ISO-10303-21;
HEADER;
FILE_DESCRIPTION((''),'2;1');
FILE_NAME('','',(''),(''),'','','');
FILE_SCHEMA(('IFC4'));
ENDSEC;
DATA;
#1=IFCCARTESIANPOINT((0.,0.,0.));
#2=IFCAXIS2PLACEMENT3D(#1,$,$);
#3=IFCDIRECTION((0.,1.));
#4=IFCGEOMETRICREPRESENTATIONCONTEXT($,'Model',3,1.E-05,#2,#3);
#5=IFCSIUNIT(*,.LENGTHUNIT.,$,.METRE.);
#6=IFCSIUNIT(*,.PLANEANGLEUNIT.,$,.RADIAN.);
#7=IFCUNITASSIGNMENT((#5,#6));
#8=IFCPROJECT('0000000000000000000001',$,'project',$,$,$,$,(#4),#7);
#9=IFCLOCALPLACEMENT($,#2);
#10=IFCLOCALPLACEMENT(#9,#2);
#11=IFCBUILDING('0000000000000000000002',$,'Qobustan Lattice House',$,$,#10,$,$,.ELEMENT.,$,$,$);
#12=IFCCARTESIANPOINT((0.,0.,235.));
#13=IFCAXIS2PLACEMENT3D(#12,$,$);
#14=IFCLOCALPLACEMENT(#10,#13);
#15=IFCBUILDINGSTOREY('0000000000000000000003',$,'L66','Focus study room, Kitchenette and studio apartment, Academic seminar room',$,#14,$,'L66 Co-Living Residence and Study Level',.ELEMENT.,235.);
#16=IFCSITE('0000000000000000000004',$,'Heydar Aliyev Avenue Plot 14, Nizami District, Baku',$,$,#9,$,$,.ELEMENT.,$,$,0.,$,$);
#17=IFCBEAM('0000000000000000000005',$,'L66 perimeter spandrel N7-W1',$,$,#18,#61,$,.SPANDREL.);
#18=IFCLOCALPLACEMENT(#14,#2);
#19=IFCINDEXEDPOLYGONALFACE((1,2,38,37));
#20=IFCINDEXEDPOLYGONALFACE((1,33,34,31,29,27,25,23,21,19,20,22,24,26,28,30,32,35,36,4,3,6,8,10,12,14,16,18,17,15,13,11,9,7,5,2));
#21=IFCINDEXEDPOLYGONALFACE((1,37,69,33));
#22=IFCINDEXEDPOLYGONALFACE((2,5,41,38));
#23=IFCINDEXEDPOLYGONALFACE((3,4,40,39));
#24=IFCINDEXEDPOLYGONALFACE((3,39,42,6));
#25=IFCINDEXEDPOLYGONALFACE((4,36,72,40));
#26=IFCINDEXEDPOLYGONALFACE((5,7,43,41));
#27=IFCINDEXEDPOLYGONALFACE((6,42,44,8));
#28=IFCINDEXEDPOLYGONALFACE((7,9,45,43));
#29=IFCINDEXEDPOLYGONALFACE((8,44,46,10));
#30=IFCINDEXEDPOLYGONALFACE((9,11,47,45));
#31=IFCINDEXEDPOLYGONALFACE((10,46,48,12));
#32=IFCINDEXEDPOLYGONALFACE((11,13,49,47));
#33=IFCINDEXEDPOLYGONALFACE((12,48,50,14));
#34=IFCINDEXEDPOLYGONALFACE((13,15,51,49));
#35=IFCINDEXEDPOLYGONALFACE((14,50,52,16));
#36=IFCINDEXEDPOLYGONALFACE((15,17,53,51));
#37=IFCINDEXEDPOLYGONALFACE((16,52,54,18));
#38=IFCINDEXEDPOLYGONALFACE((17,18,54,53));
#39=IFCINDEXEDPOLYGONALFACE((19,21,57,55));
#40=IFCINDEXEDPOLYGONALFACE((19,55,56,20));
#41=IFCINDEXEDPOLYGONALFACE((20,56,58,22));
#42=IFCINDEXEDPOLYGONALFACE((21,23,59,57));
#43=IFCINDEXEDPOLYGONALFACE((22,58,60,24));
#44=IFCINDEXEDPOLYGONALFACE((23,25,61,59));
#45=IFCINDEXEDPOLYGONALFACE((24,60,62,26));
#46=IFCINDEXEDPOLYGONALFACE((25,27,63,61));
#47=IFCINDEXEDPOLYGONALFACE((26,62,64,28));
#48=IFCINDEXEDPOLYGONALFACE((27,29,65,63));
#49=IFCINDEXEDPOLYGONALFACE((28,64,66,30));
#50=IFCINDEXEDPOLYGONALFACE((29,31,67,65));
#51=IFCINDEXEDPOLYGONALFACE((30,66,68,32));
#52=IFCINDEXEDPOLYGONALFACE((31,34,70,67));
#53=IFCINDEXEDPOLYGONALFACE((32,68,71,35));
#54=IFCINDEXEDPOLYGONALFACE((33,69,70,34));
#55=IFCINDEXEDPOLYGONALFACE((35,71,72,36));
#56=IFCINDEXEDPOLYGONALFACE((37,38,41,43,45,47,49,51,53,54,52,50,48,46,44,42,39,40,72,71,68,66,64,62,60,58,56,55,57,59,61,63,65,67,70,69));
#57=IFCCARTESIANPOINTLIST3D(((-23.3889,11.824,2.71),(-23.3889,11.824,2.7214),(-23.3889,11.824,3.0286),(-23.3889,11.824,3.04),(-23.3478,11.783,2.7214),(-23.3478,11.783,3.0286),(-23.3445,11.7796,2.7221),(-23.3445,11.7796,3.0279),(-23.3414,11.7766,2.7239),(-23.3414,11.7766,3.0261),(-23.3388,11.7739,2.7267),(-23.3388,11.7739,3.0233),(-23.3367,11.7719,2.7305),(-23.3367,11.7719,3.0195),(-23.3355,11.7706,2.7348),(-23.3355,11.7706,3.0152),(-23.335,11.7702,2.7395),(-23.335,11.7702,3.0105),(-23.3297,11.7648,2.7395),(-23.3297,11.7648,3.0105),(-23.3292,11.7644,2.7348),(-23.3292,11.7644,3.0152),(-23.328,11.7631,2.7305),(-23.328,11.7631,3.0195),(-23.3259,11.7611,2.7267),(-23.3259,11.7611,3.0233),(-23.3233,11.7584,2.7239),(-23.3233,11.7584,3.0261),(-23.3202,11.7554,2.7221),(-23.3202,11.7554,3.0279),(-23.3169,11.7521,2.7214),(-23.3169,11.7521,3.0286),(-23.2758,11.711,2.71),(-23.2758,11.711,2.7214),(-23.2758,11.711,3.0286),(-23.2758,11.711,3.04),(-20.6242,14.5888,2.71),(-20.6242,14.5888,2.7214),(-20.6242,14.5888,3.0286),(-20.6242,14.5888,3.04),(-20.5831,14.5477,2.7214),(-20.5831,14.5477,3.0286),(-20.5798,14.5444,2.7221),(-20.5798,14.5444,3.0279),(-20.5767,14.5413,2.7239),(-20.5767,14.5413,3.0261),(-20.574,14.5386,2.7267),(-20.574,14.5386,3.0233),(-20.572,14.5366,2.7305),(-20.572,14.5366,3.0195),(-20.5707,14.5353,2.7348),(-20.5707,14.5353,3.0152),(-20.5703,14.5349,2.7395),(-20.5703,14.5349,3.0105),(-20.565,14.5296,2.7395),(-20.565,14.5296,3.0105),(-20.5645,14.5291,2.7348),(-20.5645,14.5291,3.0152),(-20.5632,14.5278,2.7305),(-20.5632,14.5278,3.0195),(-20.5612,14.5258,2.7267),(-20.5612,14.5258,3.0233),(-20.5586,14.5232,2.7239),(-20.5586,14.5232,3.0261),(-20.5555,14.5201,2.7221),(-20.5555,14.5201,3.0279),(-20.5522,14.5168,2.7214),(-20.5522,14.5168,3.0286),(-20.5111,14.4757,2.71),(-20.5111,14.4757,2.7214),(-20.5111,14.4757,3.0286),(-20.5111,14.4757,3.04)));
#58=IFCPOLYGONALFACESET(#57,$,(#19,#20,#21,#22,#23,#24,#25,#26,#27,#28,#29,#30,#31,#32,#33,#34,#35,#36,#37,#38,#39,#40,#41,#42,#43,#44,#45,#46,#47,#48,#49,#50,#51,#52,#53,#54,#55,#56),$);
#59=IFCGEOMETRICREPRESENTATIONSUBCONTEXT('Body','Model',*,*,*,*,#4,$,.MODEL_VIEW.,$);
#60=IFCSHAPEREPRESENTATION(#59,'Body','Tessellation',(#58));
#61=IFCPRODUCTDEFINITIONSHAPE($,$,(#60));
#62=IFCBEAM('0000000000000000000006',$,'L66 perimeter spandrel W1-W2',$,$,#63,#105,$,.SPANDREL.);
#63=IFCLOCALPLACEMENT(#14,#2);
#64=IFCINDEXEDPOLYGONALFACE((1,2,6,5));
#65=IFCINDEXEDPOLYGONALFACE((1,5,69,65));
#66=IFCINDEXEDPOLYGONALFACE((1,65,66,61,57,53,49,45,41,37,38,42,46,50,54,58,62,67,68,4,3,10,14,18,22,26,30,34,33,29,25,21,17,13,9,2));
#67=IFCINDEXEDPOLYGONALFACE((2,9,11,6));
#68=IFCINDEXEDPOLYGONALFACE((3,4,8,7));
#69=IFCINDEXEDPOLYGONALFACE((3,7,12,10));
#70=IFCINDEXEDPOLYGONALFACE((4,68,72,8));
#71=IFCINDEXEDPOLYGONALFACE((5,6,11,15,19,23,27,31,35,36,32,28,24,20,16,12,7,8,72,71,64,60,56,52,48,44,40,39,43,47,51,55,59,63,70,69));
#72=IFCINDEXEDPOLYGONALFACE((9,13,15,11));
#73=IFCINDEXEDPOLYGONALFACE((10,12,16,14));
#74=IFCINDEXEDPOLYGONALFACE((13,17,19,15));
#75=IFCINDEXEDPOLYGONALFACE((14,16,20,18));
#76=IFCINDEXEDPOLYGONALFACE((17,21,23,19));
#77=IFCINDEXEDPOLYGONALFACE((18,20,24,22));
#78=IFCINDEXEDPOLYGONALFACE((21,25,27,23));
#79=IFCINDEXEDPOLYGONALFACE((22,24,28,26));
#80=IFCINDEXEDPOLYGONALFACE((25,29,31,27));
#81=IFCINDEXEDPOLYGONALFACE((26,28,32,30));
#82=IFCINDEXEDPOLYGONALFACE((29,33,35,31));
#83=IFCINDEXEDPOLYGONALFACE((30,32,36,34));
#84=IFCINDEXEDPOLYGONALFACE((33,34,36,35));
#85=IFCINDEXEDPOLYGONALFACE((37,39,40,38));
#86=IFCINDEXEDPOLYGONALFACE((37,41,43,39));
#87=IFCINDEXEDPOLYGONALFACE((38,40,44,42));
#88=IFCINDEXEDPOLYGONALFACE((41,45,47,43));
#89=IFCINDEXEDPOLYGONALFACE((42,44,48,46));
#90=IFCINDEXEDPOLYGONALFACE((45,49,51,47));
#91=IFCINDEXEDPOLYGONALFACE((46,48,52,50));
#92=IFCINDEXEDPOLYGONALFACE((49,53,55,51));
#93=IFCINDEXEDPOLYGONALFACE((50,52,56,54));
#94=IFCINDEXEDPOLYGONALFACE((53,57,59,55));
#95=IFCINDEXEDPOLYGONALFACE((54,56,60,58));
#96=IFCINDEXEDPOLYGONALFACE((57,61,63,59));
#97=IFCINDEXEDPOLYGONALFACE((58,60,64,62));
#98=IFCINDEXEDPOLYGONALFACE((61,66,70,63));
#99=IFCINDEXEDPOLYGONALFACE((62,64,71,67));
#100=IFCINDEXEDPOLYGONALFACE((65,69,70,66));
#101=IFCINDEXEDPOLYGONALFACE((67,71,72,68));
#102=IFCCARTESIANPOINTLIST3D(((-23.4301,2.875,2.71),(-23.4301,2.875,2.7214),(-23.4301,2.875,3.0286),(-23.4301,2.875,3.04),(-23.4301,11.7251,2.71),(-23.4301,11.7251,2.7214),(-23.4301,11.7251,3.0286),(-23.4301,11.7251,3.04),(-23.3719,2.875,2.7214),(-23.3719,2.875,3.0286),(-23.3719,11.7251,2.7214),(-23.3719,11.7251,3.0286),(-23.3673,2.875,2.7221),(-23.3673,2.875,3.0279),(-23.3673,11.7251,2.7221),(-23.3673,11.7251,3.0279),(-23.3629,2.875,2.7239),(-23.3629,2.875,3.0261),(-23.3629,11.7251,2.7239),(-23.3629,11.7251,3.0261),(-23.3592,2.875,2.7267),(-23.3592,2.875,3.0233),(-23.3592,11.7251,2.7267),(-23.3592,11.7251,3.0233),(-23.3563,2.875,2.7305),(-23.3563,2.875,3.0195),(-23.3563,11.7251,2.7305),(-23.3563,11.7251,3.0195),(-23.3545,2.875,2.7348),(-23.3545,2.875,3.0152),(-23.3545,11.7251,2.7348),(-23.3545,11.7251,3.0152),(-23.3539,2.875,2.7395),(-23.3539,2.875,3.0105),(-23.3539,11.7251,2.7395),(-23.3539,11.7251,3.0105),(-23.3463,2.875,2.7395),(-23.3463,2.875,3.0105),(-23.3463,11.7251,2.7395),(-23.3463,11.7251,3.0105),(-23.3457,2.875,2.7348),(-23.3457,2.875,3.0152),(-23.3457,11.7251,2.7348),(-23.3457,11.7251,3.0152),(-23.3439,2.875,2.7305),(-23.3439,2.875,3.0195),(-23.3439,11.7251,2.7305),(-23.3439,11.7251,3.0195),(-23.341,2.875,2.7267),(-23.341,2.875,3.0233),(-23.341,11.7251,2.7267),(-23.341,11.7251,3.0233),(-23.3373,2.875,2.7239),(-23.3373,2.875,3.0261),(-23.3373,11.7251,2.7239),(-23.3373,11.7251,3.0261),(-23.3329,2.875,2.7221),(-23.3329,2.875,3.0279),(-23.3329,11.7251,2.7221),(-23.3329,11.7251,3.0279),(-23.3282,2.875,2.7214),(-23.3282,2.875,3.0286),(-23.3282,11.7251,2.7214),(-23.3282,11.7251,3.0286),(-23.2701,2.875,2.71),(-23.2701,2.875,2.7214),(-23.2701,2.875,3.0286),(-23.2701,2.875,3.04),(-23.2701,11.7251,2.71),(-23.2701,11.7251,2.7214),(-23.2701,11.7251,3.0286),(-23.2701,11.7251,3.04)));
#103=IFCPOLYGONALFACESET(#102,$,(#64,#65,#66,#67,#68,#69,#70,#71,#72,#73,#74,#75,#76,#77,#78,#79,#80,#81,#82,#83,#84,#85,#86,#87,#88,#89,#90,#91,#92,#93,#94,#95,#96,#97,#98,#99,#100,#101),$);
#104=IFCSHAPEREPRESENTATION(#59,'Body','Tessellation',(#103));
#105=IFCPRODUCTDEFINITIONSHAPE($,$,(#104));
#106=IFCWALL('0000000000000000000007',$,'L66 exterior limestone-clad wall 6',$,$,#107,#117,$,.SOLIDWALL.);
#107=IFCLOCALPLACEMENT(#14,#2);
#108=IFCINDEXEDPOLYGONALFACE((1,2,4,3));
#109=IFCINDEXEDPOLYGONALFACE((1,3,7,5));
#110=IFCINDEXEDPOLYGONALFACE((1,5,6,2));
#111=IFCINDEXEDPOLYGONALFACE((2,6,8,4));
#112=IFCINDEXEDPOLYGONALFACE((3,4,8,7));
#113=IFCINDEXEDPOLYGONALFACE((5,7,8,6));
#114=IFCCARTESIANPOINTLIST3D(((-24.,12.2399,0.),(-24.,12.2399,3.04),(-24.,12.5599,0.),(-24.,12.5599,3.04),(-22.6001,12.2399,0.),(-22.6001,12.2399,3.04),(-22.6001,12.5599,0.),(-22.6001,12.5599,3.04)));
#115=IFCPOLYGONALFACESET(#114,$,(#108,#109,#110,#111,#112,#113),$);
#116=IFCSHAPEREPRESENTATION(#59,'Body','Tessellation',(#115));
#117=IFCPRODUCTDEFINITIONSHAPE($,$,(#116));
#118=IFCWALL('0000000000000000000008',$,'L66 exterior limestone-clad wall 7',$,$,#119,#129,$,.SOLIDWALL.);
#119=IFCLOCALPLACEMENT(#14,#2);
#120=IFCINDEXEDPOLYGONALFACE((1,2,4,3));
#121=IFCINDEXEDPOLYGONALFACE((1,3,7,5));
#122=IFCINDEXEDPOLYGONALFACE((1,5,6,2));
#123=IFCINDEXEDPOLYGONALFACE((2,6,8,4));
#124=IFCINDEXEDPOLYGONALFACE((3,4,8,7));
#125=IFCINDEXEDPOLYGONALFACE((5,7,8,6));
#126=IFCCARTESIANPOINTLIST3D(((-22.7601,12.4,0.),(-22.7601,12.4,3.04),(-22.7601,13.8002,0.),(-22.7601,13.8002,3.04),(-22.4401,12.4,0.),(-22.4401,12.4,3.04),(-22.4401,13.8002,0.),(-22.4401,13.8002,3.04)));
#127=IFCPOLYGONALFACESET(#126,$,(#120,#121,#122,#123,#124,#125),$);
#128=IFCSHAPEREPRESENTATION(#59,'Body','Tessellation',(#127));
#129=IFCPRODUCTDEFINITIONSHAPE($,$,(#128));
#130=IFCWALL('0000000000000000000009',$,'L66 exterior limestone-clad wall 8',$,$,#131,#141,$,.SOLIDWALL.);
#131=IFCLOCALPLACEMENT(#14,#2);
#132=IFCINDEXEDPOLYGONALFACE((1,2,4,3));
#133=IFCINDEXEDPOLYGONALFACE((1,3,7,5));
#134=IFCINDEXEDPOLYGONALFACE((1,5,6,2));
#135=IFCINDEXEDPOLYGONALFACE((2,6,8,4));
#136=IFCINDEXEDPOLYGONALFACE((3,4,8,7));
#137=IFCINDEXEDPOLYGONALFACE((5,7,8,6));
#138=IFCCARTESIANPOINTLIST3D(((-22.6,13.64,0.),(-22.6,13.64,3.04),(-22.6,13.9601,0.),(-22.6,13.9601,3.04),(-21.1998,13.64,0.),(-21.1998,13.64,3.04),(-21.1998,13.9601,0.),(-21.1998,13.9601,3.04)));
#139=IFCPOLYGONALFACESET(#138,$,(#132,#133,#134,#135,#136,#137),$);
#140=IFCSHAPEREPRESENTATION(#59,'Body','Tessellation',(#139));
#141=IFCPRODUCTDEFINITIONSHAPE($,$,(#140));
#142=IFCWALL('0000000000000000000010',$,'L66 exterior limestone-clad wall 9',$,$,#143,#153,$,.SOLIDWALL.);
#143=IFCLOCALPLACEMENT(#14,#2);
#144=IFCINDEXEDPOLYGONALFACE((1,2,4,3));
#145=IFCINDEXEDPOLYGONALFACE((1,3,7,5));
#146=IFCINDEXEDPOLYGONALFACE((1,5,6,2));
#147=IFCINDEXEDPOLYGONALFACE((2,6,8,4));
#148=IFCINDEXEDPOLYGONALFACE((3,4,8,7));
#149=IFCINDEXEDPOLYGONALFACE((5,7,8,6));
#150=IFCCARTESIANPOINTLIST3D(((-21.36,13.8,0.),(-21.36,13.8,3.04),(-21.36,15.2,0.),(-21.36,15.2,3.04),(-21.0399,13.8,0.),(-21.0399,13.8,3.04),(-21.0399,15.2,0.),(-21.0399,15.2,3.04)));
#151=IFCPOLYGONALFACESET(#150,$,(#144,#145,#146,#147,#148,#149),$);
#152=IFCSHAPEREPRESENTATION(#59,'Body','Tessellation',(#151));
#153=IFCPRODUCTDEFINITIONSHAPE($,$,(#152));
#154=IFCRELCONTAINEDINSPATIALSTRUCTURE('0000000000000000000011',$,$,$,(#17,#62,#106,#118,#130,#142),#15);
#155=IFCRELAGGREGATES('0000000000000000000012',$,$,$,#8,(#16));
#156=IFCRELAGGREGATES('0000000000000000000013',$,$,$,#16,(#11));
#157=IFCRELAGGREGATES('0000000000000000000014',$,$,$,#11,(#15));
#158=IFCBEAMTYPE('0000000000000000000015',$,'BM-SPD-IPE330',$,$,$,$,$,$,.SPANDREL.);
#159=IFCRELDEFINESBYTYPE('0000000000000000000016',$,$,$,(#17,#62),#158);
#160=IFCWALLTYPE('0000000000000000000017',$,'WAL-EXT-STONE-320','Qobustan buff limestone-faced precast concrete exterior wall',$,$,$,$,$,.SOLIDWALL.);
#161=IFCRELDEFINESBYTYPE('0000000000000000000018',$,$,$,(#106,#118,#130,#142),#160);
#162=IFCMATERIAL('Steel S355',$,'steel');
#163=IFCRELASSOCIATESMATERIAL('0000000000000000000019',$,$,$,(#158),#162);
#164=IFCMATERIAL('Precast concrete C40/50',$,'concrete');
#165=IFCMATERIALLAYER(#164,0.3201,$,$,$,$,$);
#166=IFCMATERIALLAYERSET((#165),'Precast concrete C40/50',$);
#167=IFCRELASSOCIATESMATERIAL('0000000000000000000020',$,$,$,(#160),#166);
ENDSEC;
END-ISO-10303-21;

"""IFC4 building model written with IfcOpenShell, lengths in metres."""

from ifc_helpers import new_model, si_unit, direction, frame, frame_2d, origin, origin_2d, place, context, subcontext, project, spatial, rectangle, i_section, extrude, material, layer, layer_set, material_profile, profile_set, type_object, element, save


model = new_model("IFC4")

# Units and contexts
model_context = context("Model", 3, precision=1e-05, world=origin(), true_north=direction((0.0, 1.0)))
body_context = subcontext(model_context, "Body", "Model", "MODEL_VIEW")
ifc_project = project(units=[si_unit("LENGTHUNIT", "METRE"), si_unit("PLANEANGLEUNIT", "RADIAN")], contexts=[model_context])

# Site, building, storey
site_placement = place(None, origin())
site = spatial("IfcSite", under=ifc_project, at=site_placement, Name="Heydar Aliyev Avenue Plot 14, Nizami District, Baku", CompositionType="ELEMENT", RefElevation=0.0)
building_placement = place(site_placement, origin())
building = spatial("IfcBuilding", under=site, at=building_placement, Name="Qobustan Lattice House", CompositionType="ELEMENT")
storey_placement = place(building_placement, frame((0.0, 0.0, 235.0)))
storey = spatial("IfcBuildingStorey", under=building, at=storey_placement, Name="L66", Description="Focus study room, Kitchenette and studio apartment, Academic seminar room", LongName="L66 Co-Living Residence and Study Level", CompositionType="ELEMENT", Elevation=235.0)

# Beams
ifc_material_1 = material(Name="Steel S355", Category="steel")
ifc_material_profile_1 = material_profile(ifc_material_1, i_section(OverallWidth=0.1599, OverallDepth=0.3301, WebThickness=0.0076, FlangeThickness=0.0115, FilletRadius=0.0181, at=origin_2d()), Name="IPE330")
ifc_profile_set_1 = profile_set([ifc_material_profile_1], Name="Steel S355")
beam_type_1 = type_object("IfcBeamType", Name="BM-SPD-IPE330", PredefinedType="SPANDREL", material=ifc_profile_set_1)
beam_1_placement = place(storey_placement, frame((-20.5676, 14.5322, 2.875), z_axis=(-0.707107, -0.707107, 0.0), x_axis=(0.707107, -0.707107, 0.0)))
element("IfcBeam", 1, at=beam_1_placement, inside=storey, type_object=beam_type_1, Name="L66 perimeter spandrel N7-W1", PredefinedType="SPANDREL", context=body_context, shape_type="SweptSolid", body=[
    extrude(i_section(OverallWidth=0.1599, OverallDepth=0.3301, WebThickness=0.0076, FlangeThickness=0.0115, FilletRadius=0.0181, at=origin_2d()), origin(), (0.0, 0.0, 1.0), 3.9099),
])
beam_2_placement = place(storey_placement, frame((-23.3501, 11.7251, 2.875), z_axis=(0.0, -1.0, 0.0), x_axis=(1.0, 0.0, 0.0)))
element("IfcBeam", 2, at=beam_2_placement, inside=storey, type_object=beam_type_1, Name="L66 perimeter spandrel W1-W2", PredefinedType="SPANDREL", context=body_context, shape_type="SweptSolid", body=[
    extrude(i_section(OverallWidth=0.1599, OverallDepth=0.3301, WebThickness=0.0076, FlangeThickness=0.0115, FilletRadius=0.0181, at=origin_2d()), origin(), (0.0, 0.0, 1.0), 8.8501),
])

# Walls
ifc_material_2 = material(Name="Precast concrete C40/50", Category="concrete")
ifc_layer_1 = layer(ifc_material_2, 0.3201)
ifc_layer_set_1 = layer_set([ifc_layer_1], Name="Precast concrete C40/50")
wall_type_1 = type_object("IfcWallType", Name="WAL-EXT-STONE-320", Description="Qobustan buff limestone-faced precast concrete exterior wall", PredefinedType="SOLIDWALL", material=ifc_layer_set_1)
wall_1_placement = place(storey_placement, frame((-24.0, 12.3999, 0.0), z_axis=(0.0, 0.0, 1.0), x_axis=(1.0, 0.0, 0.0)))
element("IfcWall", 3, at=wall_1_placement, inside=storey, type_object=wall_type_1, Name="L66 exterior limestone-clad wall 6", PredefinedType="SOLIDWALL", context=body_context, shape_type="SweptSolid", body=[
    extrude(rectangle(XDim=1.3999, YDim=0.3201, at=frame_2d((0.7, 0.0))), origin(), (0.0, 0.0, 1.0), 3.04),
])
for number, where, z_axis, x_axis, name in (
    (4, (-22.6001, 12.3999, 0.0), (0.0, 0.0, 1.0), (0.0, 1.0, 0.0), "L66 exterior limestone-clad wall 7"),
    (5, (-22.6001, 13.8, 0.0), (0.0, 0.0, 1.0), (1.0, 0.0, 0.0), "L66 exterior limestone-clad wall 8"),
):
    element("IfcWall", number, at=place(storey_placement, frame(where, z_axis=z_axis, x_axis=x_axis)), inside=storey, type_object=wall_type_1, Name=name, PredefinedType="SOLIDWALL", context=body_context, shape_type="SweptSolid", body=[
        extrude(rectangle(XDim=1.4001, YDim=0.3201, at=frame_2d((0.7002, 0.0))), origin(), (0.0, 0.0, 1.0), 3.04),
    ])
wall_2_placement = place(storey_placement, frame((-21.2, 13.8, 0.0), z_axis=(0.0, 0.0, 1.0), x_axis=(0.0, 1.0, 0.0)))
element("IfcWall", 6, at=wall_2_placement, inside=storey, type_object=wall_type_1, Name="L66 exterior limestone-clad wall 9", PredefinedType="SOLIDWALL", context=body_context, shape_type="SweptSolid", body=[
    extrude(rectangle(XDim=1.3999, YDim=0.3201, at=frame_2d((0.7, 0.0))), origin(), (0.0, 0.0, 1.0), 3.04),
])

save(model, "model.ifc")
